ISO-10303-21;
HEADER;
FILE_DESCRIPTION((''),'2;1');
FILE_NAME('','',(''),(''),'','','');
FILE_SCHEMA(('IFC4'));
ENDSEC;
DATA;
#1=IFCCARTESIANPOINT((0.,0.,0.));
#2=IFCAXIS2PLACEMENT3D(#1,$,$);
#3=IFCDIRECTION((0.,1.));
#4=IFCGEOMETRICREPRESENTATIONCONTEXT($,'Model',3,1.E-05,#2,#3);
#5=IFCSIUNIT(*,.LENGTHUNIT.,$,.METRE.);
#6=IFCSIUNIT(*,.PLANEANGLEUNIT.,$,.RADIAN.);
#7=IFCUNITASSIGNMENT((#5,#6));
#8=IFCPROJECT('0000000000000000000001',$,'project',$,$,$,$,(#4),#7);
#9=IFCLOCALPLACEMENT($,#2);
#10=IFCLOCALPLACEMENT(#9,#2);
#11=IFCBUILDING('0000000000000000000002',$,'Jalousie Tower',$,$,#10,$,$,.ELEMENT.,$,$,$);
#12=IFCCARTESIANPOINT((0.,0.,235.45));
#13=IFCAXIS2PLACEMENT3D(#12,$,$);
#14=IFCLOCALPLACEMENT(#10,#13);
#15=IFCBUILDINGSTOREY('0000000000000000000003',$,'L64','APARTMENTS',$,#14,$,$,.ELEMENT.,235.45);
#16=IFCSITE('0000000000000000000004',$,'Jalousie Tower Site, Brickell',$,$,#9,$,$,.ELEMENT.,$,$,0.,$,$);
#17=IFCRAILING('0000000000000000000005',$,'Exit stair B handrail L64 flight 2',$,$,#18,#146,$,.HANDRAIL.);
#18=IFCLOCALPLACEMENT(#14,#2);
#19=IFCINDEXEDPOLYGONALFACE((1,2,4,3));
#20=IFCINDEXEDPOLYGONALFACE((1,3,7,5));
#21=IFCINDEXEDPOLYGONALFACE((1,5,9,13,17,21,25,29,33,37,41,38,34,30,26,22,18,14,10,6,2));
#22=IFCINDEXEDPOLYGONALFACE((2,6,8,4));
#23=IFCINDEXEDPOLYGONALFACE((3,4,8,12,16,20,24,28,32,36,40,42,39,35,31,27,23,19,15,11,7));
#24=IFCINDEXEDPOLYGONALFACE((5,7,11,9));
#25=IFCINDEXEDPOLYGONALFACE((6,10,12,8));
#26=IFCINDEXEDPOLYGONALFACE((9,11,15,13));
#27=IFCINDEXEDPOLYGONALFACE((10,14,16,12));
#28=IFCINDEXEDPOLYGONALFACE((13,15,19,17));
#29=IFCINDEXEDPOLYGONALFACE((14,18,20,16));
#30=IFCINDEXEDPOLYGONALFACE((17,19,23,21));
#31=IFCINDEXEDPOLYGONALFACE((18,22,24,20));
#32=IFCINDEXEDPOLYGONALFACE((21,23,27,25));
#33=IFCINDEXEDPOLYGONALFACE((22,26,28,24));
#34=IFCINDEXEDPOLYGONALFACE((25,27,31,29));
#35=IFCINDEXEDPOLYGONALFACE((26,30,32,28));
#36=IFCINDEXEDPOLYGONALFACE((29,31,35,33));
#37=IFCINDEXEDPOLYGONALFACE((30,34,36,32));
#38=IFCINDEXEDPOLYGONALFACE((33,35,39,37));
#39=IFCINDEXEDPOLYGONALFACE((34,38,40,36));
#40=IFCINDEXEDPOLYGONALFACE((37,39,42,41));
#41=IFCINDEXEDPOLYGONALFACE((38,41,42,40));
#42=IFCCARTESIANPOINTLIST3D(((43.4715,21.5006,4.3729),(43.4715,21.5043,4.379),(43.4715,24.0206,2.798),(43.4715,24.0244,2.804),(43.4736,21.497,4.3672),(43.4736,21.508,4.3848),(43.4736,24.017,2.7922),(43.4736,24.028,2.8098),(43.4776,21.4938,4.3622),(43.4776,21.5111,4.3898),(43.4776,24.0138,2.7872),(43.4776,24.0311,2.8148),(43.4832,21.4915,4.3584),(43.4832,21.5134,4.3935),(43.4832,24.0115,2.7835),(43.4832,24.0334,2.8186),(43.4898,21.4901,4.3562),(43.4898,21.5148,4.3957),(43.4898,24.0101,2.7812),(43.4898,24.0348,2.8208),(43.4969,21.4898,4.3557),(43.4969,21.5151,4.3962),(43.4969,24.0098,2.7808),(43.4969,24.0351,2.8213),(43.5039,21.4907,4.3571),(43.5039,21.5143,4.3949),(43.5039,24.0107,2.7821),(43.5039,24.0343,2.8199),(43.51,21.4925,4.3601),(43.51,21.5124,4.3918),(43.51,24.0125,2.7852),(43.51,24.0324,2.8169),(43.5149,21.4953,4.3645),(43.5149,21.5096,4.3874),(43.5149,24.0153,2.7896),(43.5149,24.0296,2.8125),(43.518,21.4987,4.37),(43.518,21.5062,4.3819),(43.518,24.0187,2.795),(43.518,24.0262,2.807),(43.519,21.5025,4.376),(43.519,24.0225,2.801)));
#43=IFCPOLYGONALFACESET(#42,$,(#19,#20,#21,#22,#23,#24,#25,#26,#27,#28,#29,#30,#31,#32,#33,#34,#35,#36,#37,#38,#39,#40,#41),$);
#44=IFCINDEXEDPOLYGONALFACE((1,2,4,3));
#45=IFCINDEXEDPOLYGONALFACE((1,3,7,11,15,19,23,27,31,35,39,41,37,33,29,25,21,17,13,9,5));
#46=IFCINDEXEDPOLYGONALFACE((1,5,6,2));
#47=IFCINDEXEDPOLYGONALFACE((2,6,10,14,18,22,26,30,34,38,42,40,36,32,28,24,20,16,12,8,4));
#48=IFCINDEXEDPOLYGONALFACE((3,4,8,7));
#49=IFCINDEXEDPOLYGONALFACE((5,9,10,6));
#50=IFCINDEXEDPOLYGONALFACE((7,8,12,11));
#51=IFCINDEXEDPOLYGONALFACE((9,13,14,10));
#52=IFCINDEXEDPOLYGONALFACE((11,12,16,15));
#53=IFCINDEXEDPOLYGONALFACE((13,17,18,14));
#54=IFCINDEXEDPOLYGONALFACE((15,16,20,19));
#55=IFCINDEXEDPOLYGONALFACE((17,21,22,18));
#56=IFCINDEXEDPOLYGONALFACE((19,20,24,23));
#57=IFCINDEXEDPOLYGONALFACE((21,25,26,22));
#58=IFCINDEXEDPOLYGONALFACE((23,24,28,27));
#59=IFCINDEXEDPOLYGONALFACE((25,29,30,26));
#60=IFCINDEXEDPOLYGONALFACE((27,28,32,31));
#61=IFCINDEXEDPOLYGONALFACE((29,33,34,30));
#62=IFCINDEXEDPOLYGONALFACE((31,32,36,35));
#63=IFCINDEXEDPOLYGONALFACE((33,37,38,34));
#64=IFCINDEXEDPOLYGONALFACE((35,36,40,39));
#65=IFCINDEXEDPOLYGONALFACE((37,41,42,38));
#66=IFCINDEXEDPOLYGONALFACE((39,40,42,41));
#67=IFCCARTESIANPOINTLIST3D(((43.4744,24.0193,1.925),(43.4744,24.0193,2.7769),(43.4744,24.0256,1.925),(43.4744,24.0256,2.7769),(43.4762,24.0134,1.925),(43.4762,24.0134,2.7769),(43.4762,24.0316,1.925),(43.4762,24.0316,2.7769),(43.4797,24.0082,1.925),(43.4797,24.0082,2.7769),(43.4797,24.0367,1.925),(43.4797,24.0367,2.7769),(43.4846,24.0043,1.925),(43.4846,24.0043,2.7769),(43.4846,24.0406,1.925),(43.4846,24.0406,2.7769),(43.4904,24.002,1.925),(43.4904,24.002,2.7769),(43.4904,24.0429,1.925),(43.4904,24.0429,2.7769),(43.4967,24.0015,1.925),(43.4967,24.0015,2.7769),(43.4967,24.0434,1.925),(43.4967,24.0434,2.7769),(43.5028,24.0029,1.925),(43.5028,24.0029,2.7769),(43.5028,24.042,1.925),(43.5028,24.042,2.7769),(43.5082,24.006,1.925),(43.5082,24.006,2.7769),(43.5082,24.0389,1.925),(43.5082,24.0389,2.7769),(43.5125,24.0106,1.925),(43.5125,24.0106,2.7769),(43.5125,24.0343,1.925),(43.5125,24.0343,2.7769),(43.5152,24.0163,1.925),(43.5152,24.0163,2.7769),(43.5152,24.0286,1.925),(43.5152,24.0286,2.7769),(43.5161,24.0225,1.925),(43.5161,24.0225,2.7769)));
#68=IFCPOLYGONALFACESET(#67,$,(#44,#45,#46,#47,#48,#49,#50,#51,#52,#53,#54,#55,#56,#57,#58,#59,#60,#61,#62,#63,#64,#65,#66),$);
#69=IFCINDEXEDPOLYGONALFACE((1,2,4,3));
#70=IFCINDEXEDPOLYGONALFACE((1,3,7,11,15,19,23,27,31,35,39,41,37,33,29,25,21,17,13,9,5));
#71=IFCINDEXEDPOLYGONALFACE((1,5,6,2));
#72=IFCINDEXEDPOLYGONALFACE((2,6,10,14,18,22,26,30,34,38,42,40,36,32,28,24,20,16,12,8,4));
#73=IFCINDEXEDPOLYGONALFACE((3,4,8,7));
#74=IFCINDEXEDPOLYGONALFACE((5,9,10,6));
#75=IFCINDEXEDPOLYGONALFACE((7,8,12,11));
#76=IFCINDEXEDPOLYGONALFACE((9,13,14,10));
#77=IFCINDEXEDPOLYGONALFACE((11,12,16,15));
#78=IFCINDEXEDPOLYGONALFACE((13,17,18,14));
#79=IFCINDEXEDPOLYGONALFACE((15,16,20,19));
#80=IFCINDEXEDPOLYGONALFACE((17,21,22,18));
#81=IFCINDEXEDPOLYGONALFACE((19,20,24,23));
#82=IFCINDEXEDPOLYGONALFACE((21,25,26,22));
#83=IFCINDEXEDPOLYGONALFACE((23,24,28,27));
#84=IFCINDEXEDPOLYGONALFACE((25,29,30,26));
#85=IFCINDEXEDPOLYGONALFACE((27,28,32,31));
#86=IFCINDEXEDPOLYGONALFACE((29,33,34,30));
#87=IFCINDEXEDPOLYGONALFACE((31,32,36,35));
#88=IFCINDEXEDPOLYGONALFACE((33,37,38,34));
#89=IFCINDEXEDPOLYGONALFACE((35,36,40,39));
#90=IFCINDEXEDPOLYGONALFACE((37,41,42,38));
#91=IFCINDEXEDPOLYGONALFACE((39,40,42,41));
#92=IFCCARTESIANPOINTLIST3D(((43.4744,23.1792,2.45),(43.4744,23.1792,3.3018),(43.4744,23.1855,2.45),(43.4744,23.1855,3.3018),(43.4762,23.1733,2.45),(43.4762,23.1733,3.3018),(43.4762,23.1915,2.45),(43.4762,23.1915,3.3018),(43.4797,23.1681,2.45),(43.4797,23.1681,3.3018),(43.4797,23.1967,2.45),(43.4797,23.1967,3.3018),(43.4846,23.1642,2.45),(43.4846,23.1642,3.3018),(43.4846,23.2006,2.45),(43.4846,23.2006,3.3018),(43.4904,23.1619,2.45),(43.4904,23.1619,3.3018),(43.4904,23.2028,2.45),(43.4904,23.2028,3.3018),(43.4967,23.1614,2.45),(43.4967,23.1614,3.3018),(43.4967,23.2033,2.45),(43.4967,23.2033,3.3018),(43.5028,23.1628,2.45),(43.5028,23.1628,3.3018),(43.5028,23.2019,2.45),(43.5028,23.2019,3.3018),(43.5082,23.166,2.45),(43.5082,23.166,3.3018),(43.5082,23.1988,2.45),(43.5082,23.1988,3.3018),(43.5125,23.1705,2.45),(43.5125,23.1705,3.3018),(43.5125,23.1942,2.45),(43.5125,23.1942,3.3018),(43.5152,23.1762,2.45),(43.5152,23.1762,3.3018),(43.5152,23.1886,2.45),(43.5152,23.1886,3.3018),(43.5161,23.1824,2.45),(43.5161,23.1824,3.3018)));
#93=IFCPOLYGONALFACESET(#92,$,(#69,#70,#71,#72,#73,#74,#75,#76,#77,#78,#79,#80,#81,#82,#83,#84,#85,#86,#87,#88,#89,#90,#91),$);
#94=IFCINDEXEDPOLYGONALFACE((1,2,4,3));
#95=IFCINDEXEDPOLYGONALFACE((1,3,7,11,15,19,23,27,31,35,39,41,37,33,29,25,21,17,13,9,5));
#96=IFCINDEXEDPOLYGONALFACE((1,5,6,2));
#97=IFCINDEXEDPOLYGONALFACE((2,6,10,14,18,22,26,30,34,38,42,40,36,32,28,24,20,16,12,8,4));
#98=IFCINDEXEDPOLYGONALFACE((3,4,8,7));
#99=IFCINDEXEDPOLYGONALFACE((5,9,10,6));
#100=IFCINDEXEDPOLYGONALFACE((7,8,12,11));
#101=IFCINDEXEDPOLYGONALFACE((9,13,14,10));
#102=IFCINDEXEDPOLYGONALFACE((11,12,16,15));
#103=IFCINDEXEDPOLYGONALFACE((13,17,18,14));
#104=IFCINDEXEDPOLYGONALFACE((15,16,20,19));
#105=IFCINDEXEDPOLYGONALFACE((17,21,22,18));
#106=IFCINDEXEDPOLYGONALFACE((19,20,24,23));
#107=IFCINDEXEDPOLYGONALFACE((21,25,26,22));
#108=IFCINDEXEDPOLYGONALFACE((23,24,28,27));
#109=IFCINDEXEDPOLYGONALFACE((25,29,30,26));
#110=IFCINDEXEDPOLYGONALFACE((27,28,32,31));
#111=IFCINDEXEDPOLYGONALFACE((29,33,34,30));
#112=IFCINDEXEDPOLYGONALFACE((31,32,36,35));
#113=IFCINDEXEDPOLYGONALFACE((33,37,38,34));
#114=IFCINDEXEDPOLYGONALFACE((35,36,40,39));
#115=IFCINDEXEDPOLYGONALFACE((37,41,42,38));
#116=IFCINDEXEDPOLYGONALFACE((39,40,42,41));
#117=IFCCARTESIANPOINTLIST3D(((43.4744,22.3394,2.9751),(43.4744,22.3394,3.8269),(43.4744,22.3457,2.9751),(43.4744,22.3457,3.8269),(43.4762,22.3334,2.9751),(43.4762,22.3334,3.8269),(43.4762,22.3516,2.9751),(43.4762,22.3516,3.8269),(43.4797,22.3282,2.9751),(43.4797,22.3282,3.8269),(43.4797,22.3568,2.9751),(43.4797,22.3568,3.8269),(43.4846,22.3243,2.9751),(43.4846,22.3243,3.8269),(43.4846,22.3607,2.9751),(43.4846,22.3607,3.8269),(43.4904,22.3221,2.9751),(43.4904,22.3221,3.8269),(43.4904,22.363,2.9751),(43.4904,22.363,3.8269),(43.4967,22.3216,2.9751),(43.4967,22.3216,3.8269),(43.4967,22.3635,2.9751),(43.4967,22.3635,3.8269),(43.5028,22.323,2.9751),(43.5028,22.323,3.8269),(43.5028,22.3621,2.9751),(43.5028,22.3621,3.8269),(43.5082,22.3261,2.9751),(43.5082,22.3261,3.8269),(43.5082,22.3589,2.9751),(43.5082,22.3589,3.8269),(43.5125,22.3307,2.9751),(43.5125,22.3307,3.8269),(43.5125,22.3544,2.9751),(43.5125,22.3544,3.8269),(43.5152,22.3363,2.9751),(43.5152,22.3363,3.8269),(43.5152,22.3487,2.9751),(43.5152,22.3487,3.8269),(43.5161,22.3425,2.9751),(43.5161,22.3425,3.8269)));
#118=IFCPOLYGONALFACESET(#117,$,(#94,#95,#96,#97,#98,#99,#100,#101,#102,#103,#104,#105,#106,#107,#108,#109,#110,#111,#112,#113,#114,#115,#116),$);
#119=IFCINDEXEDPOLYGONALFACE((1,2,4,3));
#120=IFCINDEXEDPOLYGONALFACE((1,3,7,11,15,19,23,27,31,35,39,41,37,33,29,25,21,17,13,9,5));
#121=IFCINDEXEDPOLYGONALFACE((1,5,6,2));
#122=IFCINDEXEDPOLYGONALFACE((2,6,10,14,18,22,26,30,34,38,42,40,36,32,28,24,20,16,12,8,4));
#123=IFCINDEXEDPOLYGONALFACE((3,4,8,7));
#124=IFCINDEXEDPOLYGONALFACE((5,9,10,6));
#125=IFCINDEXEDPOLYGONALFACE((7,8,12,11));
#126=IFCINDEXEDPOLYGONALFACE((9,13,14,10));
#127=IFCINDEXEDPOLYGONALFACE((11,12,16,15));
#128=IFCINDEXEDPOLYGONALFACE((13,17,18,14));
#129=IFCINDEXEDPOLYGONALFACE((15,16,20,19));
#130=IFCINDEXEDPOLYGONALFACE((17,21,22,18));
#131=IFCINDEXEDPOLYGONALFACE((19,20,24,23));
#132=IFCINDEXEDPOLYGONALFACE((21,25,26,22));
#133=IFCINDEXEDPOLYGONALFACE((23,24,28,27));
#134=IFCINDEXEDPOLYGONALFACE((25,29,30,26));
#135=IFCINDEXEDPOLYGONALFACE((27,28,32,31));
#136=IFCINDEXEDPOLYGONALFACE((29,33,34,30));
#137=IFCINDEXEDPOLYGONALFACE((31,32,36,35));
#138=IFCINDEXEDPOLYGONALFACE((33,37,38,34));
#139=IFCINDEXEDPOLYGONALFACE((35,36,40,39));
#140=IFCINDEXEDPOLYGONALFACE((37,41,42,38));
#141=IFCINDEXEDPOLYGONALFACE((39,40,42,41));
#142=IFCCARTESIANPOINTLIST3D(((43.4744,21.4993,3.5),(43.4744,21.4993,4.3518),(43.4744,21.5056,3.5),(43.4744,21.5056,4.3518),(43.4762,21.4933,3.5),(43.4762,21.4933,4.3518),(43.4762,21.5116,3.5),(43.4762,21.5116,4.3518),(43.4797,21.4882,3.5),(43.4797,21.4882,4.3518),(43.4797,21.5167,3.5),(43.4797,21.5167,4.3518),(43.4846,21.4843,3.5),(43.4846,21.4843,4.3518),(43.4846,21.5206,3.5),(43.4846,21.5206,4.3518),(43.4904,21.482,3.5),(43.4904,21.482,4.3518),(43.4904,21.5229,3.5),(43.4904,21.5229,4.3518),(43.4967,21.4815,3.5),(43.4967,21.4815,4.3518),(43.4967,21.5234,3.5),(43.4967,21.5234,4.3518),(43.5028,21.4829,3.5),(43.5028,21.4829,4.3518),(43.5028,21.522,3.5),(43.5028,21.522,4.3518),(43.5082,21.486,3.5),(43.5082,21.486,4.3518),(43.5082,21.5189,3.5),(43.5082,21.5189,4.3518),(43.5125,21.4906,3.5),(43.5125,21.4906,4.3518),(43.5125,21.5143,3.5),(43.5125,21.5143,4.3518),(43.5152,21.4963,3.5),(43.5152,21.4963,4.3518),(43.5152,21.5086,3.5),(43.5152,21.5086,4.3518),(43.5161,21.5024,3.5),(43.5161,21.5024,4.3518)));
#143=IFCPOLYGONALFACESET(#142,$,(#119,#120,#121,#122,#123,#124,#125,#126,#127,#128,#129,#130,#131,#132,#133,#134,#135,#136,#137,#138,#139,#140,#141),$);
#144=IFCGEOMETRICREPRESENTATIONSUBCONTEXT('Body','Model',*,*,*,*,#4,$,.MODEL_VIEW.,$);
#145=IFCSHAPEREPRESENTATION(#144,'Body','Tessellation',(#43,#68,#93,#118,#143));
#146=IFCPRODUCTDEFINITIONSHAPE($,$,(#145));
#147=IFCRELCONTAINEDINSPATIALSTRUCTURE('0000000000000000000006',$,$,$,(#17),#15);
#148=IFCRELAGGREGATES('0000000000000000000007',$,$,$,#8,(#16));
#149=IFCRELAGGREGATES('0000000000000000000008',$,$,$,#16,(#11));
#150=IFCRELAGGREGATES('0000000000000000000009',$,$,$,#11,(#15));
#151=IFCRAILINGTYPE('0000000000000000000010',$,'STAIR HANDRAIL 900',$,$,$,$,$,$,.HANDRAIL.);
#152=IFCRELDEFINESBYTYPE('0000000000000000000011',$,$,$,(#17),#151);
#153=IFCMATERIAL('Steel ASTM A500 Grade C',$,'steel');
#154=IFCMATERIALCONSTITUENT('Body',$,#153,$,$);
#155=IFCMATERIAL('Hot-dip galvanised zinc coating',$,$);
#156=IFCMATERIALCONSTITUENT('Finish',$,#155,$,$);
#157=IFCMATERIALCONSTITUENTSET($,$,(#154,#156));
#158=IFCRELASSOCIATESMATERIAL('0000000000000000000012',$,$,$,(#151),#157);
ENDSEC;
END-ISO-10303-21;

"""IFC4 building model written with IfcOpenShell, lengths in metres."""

from ifc_helpers import new_model, si_unit, direction, frame, origin, origin_2d, place, context, subcontext, project, spatial, circle, extrude, material, constituent, constituent_set, type_object, element, save


model = new_model("IFC4")

# Units and contexts
model_context = context("Model", 3, precision=1e-05, world=origin(), true_north=direction((0.0, 1.0)))
body_context = subcontext(model_context, "Body", "Model", "MODEL_VIEW")
ifc_project = project(units=[si_unit("LENGTHUNIT", "METRE"), si_unit("PLANEANGLEUNIT", "RADIAN")], contexts=[model_context])

# Site, building, storey
site_placement = place(None, origin())
site = spatial("IfcSite", under=ifc_project, at=site_placement, Name="Jalousie Tower Site, Brickell", CompositionType="ELEMENT", RefElevation=0.0)
building_placement = place(site_placement, origin())
building = spatial("IfcBuilding", under=site, at=building_placement, Name="Jalousie Tower", CompositionType="ELEMENT")
storey_placement = place(building_placement, frame((0.0, 0.0, 235.45)))
storey = spatial("IfcBuildingStorey", under=building, at=storey_placement, Name="L64", Description="APARTMENTS", CompositionType="ELEMENT", Elevation=235.45)

# Railing
ifc_material_1 = material(Name="Steel ASTM A500 Grade C", Category="steel")
ifc_constituent_1 = constituent(ifc_material_1, Name="Body")
ifc_material_2 = material(Name="Hot-dip galvanised zinc coating")
ifc_constituent_2 = constituent(ifc_material_2, Name="Finish")
ifc_constituent_set_1 = constituent_set(constituents=[ifc_constituent_1, ifc_constituent_2])
railing_type_1 = type_object("IfcRailingType", Name="STAIR HANDRAIL 900", PredefinedType="HANDRAIL", material=ifc_constituent_set_1)
railing_1_placement = place(storey_placement, frame((43.4951, 24.0225, 1.925)))
element("IfcRailing", 1, at=railing_1_placement, inside=storey, type_object=railing_type_1, Name="Exit stair B handrail L64 flight 2", PredefinedType="HANDRAIL", context=body_context, shape_type="SweptSolid", body=[
    extrude(circle(Radius=0.0239, at=origin_2d()), frame((0.0, 0.0, 0.876), z_axis=(0.0, -0.848008, 0.529984), x_axis=(1.0, 0.0, 0.0)), (0.0, 0.0, 1.0), 2.9717),
    extrude(circle(Radius=0.021, at=origin_2d()), origin(), (0.0, 0.0, 1.0), 0.8518),
    extrude(circle(Radius=0.021, at=origin_2d()), frame((0.0, -0.8401, 0.5249)), (0.0, 0.0, 1.0), 0.8518),
    extrude(circle(Radius=0.021, at=origin_2d()), frame((0.0, -1.6799, 1.05)), (0.0, 0.0, 1.0), 0.8518),
    extrude(circle(Radius=0.021, at=origin_2d()), frame((0.0, -2.52, 1.575)), (0.0, 0.0, 1.0), 0.8518),
])

save(model, "model.ifc")
